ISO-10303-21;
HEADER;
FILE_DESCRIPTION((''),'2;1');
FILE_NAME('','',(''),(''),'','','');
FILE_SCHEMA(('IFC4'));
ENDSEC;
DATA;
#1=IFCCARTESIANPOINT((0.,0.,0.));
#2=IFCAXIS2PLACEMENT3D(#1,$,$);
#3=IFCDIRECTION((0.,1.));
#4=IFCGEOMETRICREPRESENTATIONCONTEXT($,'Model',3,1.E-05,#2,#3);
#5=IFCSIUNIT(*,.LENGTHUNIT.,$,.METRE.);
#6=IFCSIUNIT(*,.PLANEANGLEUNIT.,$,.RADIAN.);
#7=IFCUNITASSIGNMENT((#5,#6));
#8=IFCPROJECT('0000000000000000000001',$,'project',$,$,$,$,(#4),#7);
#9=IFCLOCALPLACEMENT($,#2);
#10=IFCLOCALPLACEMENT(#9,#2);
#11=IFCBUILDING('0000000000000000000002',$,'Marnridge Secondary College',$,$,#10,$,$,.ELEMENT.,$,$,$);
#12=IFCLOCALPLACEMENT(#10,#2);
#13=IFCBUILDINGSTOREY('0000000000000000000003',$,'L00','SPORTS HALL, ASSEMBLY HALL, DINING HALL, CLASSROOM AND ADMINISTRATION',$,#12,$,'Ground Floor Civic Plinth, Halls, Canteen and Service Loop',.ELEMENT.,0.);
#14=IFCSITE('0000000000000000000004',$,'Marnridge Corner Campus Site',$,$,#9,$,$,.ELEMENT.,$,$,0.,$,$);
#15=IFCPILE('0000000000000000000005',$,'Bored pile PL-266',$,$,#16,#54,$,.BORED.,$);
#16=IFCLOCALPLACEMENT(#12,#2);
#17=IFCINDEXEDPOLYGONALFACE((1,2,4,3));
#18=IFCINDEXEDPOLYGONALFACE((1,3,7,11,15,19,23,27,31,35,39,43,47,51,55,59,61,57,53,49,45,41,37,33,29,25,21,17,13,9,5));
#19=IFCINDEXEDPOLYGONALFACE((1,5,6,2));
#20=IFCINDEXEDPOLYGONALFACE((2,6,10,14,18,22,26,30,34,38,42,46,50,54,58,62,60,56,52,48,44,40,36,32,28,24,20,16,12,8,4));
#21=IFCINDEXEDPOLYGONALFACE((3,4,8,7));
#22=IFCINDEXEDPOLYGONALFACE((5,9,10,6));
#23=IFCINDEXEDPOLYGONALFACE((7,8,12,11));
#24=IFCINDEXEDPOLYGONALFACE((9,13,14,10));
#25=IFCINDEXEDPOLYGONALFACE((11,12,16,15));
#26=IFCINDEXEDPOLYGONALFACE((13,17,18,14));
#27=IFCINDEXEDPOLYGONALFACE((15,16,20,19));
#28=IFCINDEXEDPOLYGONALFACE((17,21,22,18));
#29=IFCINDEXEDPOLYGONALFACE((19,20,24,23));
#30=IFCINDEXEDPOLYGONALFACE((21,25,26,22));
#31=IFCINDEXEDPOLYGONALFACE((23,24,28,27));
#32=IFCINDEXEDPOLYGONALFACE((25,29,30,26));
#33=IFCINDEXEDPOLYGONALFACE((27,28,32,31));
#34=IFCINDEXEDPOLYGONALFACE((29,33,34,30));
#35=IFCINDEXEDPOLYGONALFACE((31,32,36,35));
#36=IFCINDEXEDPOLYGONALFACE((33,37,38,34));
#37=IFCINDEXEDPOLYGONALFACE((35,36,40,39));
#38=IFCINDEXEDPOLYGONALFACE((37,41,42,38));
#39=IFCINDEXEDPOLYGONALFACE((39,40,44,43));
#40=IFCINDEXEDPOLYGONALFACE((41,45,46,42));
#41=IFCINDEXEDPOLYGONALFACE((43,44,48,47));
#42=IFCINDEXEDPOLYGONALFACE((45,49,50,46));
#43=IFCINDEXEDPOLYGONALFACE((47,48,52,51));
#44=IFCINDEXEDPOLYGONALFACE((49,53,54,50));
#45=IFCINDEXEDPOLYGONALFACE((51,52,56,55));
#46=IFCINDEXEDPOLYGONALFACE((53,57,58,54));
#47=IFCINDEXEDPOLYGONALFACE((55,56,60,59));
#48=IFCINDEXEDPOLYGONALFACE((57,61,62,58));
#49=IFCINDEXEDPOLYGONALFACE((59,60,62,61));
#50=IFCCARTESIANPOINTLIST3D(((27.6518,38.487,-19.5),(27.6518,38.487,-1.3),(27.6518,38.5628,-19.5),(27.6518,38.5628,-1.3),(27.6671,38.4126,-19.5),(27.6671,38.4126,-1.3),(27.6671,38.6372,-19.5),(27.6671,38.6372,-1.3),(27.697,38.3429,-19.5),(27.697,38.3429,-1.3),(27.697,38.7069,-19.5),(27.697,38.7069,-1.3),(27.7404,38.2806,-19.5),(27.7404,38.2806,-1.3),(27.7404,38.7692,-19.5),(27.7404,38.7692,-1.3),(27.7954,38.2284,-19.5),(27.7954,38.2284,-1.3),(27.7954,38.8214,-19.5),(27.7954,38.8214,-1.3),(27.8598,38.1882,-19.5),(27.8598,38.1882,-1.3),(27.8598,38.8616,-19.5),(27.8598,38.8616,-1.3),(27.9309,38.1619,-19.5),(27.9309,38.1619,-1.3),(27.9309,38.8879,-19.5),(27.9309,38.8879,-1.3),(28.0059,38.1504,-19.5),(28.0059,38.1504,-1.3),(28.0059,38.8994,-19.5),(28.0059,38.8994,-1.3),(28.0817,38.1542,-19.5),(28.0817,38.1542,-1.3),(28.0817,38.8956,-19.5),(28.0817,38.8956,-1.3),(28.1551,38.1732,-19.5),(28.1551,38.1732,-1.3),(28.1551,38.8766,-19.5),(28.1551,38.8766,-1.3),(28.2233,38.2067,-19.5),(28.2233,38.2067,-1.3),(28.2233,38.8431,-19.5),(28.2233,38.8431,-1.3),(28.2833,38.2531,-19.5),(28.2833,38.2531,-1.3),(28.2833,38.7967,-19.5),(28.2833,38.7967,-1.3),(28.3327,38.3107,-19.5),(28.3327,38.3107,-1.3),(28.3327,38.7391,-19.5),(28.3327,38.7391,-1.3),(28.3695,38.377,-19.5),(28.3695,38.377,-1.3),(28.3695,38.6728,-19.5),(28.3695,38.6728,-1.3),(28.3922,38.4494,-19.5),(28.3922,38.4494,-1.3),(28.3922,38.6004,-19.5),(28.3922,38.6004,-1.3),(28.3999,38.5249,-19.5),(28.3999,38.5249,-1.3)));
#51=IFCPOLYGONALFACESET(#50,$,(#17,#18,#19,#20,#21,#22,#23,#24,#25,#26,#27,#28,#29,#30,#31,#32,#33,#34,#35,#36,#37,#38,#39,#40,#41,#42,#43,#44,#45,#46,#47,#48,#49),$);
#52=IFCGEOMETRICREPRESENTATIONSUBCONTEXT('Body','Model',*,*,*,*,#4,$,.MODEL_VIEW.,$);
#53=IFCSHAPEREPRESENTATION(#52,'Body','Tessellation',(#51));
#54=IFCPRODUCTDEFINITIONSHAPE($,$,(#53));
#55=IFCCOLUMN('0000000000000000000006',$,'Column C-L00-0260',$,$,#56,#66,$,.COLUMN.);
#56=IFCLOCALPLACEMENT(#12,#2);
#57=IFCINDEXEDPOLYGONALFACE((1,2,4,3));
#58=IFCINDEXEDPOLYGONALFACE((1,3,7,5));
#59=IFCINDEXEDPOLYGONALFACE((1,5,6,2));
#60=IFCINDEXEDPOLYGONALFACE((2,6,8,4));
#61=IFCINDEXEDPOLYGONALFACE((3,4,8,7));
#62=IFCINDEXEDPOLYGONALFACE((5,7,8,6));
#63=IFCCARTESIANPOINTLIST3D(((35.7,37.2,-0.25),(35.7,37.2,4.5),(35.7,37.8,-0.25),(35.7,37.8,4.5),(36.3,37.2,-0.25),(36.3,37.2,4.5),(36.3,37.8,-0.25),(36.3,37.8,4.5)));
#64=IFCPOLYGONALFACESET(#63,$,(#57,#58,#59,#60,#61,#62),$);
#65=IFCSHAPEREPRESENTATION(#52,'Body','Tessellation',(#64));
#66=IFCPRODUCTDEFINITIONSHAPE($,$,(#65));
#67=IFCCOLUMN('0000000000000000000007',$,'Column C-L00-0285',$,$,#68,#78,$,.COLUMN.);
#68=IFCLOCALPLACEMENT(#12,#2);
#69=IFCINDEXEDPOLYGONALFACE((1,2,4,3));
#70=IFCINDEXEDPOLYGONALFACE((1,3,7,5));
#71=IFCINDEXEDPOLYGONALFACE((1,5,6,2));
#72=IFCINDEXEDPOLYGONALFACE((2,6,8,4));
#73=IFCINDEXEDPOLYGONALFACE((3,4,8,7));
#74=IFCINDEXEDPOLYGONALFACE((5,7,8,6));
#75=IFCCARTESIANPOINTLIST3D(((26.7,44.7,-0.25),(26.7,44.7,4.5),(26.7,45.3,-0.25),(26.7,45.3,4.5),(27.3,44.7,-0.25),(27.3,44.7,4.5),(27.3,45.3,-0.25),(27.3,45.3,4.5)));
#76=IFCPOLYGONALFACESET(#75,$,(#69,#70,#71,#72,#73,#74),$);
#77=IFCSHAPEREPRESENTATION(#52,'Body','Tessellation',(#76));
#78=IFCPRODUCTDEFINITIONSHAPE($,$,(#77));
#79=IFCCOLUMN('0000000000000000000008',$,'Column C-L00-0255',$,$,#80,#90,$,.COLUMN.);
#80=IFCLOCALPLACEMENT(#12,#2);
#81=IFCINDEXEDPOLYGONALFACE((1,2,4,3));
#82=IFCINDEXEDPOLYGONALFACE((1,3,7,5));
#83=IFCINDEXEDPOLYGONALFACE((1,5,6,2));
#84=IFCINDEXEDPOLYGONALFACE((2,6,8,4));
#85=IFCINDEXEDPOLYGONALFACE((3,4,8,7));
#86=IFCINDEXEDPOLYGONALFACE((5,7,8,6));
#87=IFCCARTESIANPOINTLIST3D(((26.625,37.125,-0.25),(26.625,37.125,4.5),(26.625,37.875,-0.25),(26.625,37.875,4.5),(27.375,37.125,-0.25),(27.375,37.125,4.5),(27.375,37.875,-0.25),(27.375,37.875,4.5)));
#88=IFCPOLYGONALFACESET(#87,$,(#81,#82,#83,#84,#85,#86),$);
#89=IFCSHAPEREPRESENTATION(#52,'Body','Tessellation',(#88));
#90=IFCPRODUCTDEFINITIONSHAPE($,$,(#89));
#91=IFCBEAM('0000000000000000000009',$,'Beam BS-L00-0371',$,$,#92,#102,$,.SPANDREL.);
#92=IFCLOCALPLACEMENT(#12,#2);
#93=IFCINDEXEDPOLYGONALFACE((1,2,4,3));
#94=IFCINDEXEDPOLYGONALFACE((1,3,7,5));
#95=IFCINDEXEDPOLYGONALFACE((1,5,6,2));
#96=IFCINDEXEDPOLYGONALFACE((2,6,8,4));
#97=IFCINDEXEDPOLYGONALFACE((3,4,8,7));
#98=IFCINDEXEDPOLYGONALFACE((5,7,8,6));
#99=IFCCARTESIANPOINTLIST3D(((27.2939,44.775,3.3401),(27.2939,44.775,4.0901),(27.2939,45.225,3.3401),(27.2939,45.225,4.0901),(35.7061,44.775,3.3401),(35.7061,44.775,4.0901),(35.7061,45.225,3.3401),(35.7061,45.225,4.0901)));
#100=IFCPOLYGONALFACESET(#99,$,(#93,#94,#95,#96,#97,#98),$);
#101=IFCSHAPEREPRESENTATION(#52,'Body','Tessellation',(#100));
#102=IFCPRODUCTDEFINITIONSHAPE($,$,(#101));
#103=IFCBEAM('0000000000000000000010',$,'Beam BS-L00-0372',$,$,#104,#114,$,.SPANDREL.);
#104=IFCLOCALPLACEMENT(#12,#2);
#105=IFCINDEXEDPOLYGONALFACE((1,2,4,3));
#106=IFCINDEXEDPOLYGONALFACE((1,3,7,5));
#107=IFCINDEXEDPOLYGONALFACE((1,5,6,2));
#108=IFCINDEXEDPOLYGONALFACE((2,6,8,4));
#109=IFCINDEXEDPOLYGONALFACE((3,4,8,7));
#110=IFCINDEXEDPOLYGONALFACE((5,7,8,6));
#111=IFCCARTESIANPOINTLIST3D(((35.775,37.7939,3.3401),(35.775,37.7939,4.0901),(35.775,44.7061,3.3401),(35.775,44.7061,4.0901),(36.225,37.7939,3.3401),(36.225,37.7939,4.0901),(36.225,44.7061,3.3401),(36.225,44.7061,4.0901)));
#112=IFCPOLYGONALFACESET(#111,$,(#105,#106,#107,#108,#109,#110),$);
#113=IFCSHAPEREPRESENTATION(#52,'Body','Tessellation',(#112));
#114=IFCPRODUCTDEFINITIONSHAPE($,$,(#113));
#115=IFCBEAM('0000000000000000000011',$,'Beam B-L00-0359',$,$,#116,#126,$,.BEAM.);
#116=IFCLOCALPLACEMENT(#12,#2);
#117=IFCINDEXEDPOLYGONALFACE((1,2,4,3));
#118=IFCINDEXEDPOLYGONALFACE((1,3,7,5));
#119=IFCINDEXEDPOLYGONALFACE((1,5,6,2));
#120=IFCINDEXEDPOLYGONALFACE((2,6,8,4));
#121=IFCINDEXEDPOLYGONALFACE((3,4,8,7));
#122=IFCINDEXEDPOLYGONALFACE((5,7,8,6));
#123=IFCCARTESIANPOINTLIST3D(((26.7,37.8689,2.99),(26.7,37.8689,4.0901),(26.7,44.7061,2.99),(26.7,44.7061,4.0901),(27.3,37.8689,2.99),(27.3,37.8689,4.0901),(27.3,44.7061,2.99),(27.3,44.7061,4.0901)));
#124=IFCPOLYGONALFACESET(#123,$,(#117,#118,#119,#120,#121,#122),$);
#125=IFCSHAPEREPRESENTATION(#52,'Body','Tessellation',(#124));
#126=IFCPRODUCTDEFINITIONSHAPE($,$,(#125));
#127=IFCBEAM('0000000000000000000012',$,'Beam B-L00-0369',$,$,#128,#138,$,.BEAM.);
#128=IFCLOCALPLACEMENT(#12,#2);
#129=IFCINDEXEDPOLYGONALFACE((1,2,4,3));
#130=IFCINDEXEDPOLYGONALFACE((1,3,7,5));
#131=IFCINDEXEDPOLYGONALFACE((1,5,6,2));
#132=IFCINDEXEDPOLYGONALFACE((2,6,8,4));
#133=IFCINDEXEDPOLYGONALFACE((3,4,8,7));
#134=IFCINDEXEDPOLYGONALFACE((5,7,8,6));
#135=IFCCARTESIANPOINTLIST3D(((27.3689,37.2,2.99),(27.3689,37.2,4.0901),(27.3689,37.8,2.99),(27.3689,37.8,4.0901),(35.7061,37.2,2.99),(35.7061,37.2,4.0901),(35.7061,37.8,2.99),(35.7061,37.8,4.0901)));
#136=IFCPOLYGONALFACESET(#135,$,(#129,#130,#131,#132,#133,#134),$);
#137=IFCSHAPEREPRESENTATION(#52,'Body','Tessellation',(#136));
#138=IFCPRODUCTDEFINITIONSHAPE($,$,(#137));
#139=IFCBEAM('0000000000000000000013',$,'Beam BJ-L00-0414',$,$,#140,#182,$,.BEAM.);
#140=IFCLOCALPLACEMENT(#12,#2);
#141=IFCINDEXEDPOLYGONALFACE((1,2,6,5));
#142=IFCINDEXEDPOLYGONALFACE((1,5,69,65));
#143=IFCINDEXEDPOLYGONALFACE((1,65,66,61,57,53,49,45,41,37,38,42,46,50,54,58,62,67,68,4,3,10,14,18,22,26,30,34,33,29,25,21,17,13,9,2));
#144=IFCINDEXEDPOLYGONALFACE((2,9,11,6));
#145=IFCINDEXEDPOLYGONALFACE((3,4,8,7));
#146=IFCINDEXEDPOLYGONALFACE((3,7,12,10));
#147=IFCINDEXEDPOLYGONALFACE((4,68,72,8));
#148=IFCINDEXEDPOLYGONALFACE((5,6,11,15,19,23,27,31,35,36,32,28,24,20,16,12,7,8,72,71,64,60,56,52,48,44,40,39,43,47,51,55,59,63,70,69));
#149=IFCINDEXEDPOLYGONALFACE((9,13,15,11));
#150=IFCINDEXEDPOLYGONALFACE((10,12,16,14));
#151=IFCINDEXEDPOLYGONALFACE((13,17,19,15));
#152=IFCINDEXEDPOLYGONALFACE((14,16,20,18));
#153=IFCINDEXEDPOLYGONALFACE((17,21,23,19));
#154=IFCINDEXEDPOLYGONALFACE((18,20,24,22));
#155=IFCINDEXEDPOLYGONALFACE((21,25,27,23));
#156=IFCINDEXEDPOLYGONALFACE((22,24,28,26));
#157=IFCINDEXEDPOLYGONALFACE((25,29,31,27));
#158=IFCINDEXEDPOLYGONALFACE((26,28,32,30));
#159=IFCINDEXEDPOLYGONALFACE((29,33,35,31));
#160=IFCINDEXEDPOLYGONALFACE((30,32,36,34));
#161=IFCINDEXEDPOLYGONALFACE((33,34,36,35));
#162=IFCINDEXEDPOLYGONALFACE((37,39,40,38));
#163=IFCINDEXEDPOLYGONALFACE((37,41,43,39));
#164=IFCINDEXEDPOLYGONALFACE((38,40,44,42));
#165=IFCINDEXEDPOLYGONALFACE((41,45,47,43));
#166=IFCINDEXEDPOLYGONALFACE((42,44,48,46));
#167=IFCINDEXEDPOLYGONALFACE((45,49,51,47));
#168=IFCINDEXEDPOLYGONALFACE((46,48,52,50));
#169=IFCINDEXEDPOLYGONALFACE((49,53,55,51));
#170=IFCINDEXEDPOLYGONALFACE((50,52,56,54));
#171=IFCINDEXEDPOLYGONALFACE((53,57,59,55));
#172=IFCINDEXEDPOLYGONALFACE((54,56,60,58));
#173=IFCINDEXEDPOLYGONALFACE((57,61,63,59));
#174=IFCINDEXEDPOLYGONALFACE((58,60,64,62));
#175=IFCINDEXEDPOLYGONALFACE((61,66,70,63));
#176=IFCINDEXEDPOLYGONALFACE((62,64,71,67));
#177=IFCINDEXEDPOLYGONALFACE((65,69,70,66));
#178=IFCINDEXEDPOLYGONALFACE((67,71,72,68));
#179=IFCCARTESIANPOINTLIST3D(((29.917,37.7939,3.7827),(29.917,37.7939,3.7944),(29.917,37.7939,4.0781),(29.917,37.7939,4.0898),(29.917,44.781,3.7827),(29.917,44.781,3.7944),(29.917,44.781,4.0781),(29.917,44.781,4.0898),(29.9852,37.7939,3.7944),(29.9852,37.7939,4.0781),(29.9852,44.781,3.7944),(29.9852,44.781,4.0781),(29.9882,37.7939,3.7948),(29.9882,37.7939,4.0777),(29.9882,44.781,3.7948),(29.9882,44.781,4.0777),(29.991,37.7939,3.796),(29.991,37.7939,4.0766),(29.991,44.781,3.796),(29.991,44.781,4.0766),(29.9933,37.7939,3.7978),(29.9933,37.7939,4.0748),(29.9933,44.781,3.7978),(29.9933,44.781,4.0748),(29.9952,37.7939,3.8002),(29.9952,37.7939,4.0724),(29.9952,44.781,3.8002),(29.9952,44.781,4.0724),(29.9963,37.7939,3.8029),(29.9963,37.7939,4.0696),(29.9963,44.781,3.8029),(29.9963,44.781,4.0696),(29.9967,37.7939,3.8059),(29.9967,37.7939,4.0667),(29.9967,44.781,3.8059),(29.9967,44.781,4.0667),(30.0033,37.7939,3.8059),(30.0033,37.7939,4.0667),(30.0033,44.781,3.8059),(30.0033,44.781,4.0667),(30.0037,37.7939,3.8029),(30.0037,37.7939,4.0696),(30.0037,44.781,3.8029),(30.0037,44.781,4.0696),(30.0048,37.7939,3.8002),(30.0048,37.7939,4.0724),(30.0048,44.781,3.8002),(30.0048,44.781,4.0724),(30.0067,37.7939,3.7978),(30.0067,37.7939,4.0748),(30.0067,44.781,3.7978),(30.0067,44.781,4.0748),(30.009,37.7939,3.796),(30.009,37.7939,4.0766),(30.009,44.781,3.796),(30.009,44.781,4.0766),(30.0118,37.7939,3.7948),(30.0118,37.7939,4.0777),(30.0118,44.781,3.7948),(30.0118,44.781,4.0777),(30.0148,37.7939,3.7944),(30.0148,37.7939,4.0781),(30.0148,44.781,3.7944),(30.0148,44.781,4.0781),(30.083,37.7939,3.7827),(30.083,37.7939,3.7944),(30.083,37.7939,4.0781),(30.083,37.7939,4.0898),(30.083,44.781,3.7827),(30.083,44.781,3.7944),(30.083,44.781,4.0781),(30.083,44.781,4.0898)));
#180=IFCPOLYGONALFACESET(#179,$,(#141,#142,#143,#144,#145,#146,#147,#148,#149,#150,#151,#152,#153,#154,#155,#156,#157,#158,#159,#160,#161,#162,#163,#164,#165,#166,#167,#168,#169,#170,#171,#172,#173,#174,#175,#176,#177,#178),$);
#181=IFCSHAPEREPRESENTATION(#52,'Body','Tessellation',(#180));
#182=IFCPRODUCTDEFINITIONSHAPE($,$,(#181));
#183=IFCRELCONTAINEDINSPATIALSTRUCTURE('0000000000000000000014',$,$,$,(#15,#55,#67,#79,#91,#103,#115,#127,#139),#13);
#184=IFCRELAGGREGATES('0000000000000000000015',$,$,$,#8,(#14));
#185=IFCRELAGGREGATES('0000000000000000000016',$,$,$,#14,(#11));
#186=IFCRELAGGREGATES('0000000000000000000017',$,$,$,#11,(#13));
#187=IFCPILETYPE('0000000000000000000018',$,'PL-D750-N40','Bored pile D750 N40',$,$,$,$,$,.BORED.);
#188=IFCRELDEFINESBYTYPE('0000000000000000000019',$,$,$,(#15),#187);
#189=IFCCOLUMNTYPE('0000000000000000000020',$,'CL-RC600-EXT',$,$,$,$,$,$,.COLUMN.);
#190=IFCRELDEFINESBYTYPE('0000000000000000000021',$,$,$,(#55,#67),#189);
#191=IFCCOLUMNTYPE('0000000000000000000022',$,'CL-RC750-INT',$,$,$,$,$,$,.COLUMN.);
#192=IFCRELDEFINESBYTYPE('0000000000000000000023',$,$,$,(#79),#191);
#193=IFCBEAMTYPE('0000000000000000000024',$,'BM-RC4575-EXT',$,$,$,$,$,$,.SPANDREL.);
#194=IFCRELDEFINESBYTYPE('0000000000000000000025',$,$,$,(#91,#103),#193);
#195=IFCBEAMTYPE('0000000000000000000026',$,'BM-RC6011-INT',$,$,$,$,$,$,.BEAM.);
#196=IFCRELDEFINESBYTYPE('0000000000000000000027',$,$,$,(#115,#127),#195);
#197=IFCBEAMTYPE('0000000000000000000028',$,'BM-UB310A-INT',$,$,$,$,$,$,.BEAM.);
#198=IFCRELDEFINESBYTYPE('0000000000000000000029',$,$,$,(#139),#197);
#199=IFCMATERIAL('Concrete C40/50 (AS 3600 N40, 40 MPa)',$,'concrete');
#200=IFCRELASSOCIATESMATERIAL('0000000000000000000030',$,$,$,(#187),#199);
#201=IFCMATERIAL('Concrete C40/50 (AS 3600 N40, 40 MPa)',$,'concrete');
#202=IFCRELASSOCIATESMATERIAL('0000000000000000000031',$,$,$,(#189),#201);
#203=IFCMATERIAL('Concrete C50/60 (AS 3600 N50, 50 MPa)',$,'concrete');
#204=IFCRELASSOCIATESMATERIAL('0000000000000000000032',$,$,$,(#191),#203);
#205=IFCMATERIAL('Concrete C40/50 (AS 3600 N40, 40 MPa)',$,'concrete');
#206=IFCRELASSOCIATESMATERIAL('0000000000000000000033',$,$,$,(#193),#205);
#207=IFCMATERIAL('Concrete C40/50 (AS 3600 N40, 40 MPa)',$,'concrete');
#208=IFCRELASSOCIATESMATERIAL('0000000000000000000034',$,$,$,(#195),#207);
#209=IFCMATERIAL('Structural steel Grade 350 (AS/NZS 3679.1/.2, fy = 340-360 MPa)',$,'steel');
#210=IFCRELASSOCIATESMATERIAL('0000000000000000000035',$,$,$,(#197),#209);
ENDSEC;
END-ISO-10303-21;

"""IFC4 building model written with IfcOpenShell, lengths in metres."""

from ifc_helpers import new_model, si_unit, direction, frame, origin, origin_2d, place, context, subcontext, project, spatial, rectangle, circle, i_section, extrude, material, material_profile, profile_set, type_object, element, save


model = new_model("IFC4")

# Units and contexts
model_context = context("Model", 3, precision=1e-05, world=origin(), true_north=direction((0.0, 1.0)))
body_context = subcontext(model_context, "Body", "Model", "MODEL_VIEW")
ifc_project = project(units=[si_unit("LENGTHUNIT", "METRE"), si_unit("PLANEANGLEUNIT", "RADIAN")], contexts=[model_context])

# Site, building, storey
site_placement = place(None, origin())
site = spatial("IfcSite", under=ifc_project, at=site_placement, Name="Marnridge Corner Campus Site", CompositionType="ELEMENT", RefElevation=0.0)
building_placement = place(site_placement, origin())
building = spatial("IfcBuilding", under=site, at=building_placement, Name="Marnridge Secondary College", CompositionType="ELEMENT")
storey_placement = place(building_placement, origin())
storey = spatial("IfcBuildingStorey", under=building, at=storey_placement, Name="L00", Description="SPORTS HALL, ASSEMBLY HALL, DINING HALL, CLASSROOM AND ADMINISTRATION", LongName="Ground Floor Civic Plinth, Halls, Canteen and Service Loop", CompositionType="ELEMENT", Elevation=0.0)

# Pile
ifc_material_1 = material(Name="Concrete C40/50 (AS 3600 N40, 40 MPa)", Category="concrete")
ifc_material_profile_1 = material_profile(ifc_material_1, circle(Radius=0.375, at=origin_2d()), Name="PILE D750")
ifc_profile_set_1 = profile_set([ifc_material_profile_1], Name="Concrete C40/50 (AS 3600 N40, 40 MPa)")
pile_type_1 = type_object("IfcPileType", Name="PL-D750-N40", Description="Bored pile D750 N40", PredefinedType="BORED", material=ifc_profile_set_1)
for number, where, z_axis, x_axis, name in (
    (1, (28.0249, 38.5249, -1.3), (0.0, 0.0, -1.0), (1.0, 0.0, 0.0), "Bored pile PL-266"),
):
    element("IfcPile", number, at=place(storey_placement, frame(where, z_axis=z_axis, x_axis=x_axis)), inside=storey, type_object=pile_type_1, Name=name, PredefinedType="BORED", context=body_context, shape_type="SweptSolid", body=[
        extrude(circle(Radius=0.375, at=origin_2d()), origin(), (0.0, 0.0, 1.0), 18.2),
    ])

# Columns
ifc_material_2 = material(Name="Concrete C40/50 (AS 3600 N40, 40 MPa)", Category="concrete")
ifc_material_profile_2 = material_profile(ifc_material_2, rectangle(XDim=0.6001, YDim=0.6001, at=origin_2d()), Name="RC 600x600")
ifc_profile_set_2 = profile_set([ifc_material_profile_2], Name="Concrete C40/50 (AS 3600 N40, 40 MPa)")
column_type_1 = type_object("IfcColumnType", Name="CL-RC600-EXT", PredefinedType="COLUMN", material=ifc_profile_set_2)
for number, where, z_axis, x_axis, name in (
    (2, (36.0, 37.5, -0.25), (0.0, 0.0, 1.0), (1.0, 0.0, 0.0), "Column C-L00-0260"),
    (3, (27.0, 45.0, -0.25), (0.0, 0.0, 1.0), (1.0, 0.0, 0.0), "Column C-L00-0285"),
):
    element("IfcColumn", number, at=place(storey_placement, frame(where, z_axis=z_axis, x_axis=x_axis)), inside=storey, type_object=column_type_1, Name=name, PredefinedType="COLUMN", context=body_context, shape_type="SweptSolid", body=[
        extrude(rectangle(XDim=0.6001, YDim=0.6001, at=origin_2d()), origin(), (0.0, 0.0, 1.0), 4.75),
    ])
ifc_material_3 = material(Name="Concrete C50/60 (AS 3600 N50, 50 MPa)", Category="concrete")
ifc_material_profile_3 = material_profile(ifc_material_3, rectangle(XDim=0.75, YDim=0.75, at=origin_2d()), Name="RC 750x750")
ifc_profile_set_3 = profile_set([ifc_material_profile_3], Name="Concrete C50/60 (AS 3600 N50, 50 MPa)")
column_type_2 = type_object("IfcColumnType", Name="CL-RC750-INT", PredefinedType="COLUMN", material=ifc_profile_set_3)
column_placement = place(storey_placement, frame((27.0, 37.5, -0.25), z_axis=(0.0, 0.0, 1.0), x_axis=(1.0, 0.0, 0.0)))
element("IfcColumn", 4, at=column_placement, inside=storey, type_object=column_type_2, Name="Column C-L00-0255", PredefinedType="COLUMN", context=body_context, shape_type="SweptSolid", body=[
    extrude(rectangle(XDim=0.75, YDim=0.75, at=origin_2d()), origin(), (0.0, 0.0, 1.0), 4.75),
])

# Beams
ifc_material_4 = material(Name="Concrete C40/50 (AS 3600 N40, 40 MPa)", Category="concrete")
ifc_material_profile_4 = material_profile(ifc_material_4, rectangle(XDim=0.45, YDim=0.75, at=origin_2d()), Name="RC 450x750")
ifc_profile_set_4 = profile_set([ifc_material_profile_4], Name="Concrete C40/50 (AS 3600 N40, 40 MPa)")
beam_type_1 = type_object("IfcBeamType", Name="BM-RC4575-EXT", PredefinedType="SPANDREL", material=ifc_profile_set_4)
beam_1_placement = place(storey_placement, frame((27.2939, 45.0, 3.7151), z_axis=(1.0, 0.0, 0.0), x_axis=(0.0, 1.0, 0.0)))
element("IfcBeam", 5, at=beam_1_placement, inside=storey, type_object=beam_type_1, Name="Beam BS-L00-0371", PredefinedType="SPANDREL", context=body_context, shape_type="SweptSolid", body=[
    extrude(rectangle(XDim=0.45, YDim=0.75, at=origin_2d()), origin(), (0.0, 0.0, 1.0), 8.4121),
])
beam_2_placement = place(storey_placement, frame((36.0, 37.7939, 3.7151), z_axis=(0.0, 1.0, 0.0), x_axis=(-1.0, 0.0, 0.0)))
element("IfcBeam", 6, at=beam_2_placement, inside=storey, type_object=beam_type_1, Name="Beam BS-L00-0372", PredefinedType="SPANDREL", context=body_context, shape_type="SweptSolid", body=[
    extrude(rectangle(XDim=0.45, YDim=0.75, at=origin_2d()), origin(), (0.0, 0.0, 1.0), 6.9121),
])
ifc_material_5 = material(Name="Concrete C40/50 (AS 3600 N40, 40 MPa)", Category="concrete")
ifc_material_profile_5 = material_profile(ifc_material_5, rectangle(XDim=0.6001, YDim=1.1001, at=origin_2d()), Name="RC 600x1100")
ifc_profile_set_5 = profile_set([ifc_material_profile_5], Name="Concrete C40/50 (AS 3600 N40, 40 MPa)")
beam_type_2 = type_object("IfcBeamType", Name="BM-RC6011-INT", PredefinedType="BEAM", material=ifc_profile_set_5)
beam_3_placement = place(storey_placement, frame((27.0, 37.8689, 3.54), z_axis=(0.0, 1.0, 0.0), x_axis=(-1.0, 0.0, 0.0)))
element("IfcBeam", 7, at=beam_3_placement, inside=storey, type_object=beam_type_2, Name="Beam B-L00-0359", PredefinedType="BEAM", context=body_context, shape_type="SweptSolid", body=[
    extrude(rectangle(XDim=0.6001, YDim=1.1001, at=origin_2d()), origin(), (0.0, 0.0, 1.0), 6.8372),
])
beam_4_placement = place(storey_placement, frame((27.3689, 37.5, 3.54), z_axis=(1.0, 0.0, 0.0), x_axis=(0.0, 1.0, 0.0)))
element("IfcBeam", 8, at=beam_4_placement, inside=storey, type_object=beam_type_2, Name="Beam B-L00-0369", PredefinedType="BEAM", context=body_context, shape_type="SweptSolid", body=[
    extrude(rectangle(XDim=0.6001, YDim=1.1001, at=origin_2d()), origin(), (0.0, 0.0, 1.0), 8.3372),
])
ifc_material_6 = material(Name="Structural steel Grade 350 (AS/NZS 3679.1/.2, fy = 340-360 MPa)", Category="steel")
ifc_material_profile_6 = material_profile(ifc_material_6, i_section(OverallWidth=0.166, OverallDepth=0.3071, WebThickness=0.0066, FlangeThickness=0.0117, FilletRadius=0.0115, at=origin_2d()), Name="310UB46.2")
ifc_profile_set_6 = profile_set([ifc_material_profile_6], Name="Structural steel Grade 350 (AS/NZS 3679.1/.2, fy = 340-360 MPa)")
beam_type_3 = type_object("IfcBeamType", Name="BM-UB310A-INT", PredefinedType="BEAM", material=ifc_profile_set_6)
for number, where, z_axis, x_axis, name in (
    (9, (30.0, 37.7939, 3.9363), (0.0, 1.0, 0.0), (-1.0, 0.0, 0.0), "Beam BJ-L00-0414"),
):
    element("IfcBeam", number, at=place(storey_placement, frame(where, z_axis=z_axis, x_axis=x_axis)), inside=storey, type_object=beam_type_3, Name=name, PredefinedType="BEAM", context=body_context, shape_type="SweptSolid", body=[
        extrude(i_section(OverallWidth=0.166, OverallDepth=0.3071, WebThickness=0.0066, FlangeThickness=0.0117, FilletRadius=0.0115, at=origin_2d()), origin(), (0.0, 0.0, 1.0), 6.9871),
    ])

save(model, "model.ifc")
